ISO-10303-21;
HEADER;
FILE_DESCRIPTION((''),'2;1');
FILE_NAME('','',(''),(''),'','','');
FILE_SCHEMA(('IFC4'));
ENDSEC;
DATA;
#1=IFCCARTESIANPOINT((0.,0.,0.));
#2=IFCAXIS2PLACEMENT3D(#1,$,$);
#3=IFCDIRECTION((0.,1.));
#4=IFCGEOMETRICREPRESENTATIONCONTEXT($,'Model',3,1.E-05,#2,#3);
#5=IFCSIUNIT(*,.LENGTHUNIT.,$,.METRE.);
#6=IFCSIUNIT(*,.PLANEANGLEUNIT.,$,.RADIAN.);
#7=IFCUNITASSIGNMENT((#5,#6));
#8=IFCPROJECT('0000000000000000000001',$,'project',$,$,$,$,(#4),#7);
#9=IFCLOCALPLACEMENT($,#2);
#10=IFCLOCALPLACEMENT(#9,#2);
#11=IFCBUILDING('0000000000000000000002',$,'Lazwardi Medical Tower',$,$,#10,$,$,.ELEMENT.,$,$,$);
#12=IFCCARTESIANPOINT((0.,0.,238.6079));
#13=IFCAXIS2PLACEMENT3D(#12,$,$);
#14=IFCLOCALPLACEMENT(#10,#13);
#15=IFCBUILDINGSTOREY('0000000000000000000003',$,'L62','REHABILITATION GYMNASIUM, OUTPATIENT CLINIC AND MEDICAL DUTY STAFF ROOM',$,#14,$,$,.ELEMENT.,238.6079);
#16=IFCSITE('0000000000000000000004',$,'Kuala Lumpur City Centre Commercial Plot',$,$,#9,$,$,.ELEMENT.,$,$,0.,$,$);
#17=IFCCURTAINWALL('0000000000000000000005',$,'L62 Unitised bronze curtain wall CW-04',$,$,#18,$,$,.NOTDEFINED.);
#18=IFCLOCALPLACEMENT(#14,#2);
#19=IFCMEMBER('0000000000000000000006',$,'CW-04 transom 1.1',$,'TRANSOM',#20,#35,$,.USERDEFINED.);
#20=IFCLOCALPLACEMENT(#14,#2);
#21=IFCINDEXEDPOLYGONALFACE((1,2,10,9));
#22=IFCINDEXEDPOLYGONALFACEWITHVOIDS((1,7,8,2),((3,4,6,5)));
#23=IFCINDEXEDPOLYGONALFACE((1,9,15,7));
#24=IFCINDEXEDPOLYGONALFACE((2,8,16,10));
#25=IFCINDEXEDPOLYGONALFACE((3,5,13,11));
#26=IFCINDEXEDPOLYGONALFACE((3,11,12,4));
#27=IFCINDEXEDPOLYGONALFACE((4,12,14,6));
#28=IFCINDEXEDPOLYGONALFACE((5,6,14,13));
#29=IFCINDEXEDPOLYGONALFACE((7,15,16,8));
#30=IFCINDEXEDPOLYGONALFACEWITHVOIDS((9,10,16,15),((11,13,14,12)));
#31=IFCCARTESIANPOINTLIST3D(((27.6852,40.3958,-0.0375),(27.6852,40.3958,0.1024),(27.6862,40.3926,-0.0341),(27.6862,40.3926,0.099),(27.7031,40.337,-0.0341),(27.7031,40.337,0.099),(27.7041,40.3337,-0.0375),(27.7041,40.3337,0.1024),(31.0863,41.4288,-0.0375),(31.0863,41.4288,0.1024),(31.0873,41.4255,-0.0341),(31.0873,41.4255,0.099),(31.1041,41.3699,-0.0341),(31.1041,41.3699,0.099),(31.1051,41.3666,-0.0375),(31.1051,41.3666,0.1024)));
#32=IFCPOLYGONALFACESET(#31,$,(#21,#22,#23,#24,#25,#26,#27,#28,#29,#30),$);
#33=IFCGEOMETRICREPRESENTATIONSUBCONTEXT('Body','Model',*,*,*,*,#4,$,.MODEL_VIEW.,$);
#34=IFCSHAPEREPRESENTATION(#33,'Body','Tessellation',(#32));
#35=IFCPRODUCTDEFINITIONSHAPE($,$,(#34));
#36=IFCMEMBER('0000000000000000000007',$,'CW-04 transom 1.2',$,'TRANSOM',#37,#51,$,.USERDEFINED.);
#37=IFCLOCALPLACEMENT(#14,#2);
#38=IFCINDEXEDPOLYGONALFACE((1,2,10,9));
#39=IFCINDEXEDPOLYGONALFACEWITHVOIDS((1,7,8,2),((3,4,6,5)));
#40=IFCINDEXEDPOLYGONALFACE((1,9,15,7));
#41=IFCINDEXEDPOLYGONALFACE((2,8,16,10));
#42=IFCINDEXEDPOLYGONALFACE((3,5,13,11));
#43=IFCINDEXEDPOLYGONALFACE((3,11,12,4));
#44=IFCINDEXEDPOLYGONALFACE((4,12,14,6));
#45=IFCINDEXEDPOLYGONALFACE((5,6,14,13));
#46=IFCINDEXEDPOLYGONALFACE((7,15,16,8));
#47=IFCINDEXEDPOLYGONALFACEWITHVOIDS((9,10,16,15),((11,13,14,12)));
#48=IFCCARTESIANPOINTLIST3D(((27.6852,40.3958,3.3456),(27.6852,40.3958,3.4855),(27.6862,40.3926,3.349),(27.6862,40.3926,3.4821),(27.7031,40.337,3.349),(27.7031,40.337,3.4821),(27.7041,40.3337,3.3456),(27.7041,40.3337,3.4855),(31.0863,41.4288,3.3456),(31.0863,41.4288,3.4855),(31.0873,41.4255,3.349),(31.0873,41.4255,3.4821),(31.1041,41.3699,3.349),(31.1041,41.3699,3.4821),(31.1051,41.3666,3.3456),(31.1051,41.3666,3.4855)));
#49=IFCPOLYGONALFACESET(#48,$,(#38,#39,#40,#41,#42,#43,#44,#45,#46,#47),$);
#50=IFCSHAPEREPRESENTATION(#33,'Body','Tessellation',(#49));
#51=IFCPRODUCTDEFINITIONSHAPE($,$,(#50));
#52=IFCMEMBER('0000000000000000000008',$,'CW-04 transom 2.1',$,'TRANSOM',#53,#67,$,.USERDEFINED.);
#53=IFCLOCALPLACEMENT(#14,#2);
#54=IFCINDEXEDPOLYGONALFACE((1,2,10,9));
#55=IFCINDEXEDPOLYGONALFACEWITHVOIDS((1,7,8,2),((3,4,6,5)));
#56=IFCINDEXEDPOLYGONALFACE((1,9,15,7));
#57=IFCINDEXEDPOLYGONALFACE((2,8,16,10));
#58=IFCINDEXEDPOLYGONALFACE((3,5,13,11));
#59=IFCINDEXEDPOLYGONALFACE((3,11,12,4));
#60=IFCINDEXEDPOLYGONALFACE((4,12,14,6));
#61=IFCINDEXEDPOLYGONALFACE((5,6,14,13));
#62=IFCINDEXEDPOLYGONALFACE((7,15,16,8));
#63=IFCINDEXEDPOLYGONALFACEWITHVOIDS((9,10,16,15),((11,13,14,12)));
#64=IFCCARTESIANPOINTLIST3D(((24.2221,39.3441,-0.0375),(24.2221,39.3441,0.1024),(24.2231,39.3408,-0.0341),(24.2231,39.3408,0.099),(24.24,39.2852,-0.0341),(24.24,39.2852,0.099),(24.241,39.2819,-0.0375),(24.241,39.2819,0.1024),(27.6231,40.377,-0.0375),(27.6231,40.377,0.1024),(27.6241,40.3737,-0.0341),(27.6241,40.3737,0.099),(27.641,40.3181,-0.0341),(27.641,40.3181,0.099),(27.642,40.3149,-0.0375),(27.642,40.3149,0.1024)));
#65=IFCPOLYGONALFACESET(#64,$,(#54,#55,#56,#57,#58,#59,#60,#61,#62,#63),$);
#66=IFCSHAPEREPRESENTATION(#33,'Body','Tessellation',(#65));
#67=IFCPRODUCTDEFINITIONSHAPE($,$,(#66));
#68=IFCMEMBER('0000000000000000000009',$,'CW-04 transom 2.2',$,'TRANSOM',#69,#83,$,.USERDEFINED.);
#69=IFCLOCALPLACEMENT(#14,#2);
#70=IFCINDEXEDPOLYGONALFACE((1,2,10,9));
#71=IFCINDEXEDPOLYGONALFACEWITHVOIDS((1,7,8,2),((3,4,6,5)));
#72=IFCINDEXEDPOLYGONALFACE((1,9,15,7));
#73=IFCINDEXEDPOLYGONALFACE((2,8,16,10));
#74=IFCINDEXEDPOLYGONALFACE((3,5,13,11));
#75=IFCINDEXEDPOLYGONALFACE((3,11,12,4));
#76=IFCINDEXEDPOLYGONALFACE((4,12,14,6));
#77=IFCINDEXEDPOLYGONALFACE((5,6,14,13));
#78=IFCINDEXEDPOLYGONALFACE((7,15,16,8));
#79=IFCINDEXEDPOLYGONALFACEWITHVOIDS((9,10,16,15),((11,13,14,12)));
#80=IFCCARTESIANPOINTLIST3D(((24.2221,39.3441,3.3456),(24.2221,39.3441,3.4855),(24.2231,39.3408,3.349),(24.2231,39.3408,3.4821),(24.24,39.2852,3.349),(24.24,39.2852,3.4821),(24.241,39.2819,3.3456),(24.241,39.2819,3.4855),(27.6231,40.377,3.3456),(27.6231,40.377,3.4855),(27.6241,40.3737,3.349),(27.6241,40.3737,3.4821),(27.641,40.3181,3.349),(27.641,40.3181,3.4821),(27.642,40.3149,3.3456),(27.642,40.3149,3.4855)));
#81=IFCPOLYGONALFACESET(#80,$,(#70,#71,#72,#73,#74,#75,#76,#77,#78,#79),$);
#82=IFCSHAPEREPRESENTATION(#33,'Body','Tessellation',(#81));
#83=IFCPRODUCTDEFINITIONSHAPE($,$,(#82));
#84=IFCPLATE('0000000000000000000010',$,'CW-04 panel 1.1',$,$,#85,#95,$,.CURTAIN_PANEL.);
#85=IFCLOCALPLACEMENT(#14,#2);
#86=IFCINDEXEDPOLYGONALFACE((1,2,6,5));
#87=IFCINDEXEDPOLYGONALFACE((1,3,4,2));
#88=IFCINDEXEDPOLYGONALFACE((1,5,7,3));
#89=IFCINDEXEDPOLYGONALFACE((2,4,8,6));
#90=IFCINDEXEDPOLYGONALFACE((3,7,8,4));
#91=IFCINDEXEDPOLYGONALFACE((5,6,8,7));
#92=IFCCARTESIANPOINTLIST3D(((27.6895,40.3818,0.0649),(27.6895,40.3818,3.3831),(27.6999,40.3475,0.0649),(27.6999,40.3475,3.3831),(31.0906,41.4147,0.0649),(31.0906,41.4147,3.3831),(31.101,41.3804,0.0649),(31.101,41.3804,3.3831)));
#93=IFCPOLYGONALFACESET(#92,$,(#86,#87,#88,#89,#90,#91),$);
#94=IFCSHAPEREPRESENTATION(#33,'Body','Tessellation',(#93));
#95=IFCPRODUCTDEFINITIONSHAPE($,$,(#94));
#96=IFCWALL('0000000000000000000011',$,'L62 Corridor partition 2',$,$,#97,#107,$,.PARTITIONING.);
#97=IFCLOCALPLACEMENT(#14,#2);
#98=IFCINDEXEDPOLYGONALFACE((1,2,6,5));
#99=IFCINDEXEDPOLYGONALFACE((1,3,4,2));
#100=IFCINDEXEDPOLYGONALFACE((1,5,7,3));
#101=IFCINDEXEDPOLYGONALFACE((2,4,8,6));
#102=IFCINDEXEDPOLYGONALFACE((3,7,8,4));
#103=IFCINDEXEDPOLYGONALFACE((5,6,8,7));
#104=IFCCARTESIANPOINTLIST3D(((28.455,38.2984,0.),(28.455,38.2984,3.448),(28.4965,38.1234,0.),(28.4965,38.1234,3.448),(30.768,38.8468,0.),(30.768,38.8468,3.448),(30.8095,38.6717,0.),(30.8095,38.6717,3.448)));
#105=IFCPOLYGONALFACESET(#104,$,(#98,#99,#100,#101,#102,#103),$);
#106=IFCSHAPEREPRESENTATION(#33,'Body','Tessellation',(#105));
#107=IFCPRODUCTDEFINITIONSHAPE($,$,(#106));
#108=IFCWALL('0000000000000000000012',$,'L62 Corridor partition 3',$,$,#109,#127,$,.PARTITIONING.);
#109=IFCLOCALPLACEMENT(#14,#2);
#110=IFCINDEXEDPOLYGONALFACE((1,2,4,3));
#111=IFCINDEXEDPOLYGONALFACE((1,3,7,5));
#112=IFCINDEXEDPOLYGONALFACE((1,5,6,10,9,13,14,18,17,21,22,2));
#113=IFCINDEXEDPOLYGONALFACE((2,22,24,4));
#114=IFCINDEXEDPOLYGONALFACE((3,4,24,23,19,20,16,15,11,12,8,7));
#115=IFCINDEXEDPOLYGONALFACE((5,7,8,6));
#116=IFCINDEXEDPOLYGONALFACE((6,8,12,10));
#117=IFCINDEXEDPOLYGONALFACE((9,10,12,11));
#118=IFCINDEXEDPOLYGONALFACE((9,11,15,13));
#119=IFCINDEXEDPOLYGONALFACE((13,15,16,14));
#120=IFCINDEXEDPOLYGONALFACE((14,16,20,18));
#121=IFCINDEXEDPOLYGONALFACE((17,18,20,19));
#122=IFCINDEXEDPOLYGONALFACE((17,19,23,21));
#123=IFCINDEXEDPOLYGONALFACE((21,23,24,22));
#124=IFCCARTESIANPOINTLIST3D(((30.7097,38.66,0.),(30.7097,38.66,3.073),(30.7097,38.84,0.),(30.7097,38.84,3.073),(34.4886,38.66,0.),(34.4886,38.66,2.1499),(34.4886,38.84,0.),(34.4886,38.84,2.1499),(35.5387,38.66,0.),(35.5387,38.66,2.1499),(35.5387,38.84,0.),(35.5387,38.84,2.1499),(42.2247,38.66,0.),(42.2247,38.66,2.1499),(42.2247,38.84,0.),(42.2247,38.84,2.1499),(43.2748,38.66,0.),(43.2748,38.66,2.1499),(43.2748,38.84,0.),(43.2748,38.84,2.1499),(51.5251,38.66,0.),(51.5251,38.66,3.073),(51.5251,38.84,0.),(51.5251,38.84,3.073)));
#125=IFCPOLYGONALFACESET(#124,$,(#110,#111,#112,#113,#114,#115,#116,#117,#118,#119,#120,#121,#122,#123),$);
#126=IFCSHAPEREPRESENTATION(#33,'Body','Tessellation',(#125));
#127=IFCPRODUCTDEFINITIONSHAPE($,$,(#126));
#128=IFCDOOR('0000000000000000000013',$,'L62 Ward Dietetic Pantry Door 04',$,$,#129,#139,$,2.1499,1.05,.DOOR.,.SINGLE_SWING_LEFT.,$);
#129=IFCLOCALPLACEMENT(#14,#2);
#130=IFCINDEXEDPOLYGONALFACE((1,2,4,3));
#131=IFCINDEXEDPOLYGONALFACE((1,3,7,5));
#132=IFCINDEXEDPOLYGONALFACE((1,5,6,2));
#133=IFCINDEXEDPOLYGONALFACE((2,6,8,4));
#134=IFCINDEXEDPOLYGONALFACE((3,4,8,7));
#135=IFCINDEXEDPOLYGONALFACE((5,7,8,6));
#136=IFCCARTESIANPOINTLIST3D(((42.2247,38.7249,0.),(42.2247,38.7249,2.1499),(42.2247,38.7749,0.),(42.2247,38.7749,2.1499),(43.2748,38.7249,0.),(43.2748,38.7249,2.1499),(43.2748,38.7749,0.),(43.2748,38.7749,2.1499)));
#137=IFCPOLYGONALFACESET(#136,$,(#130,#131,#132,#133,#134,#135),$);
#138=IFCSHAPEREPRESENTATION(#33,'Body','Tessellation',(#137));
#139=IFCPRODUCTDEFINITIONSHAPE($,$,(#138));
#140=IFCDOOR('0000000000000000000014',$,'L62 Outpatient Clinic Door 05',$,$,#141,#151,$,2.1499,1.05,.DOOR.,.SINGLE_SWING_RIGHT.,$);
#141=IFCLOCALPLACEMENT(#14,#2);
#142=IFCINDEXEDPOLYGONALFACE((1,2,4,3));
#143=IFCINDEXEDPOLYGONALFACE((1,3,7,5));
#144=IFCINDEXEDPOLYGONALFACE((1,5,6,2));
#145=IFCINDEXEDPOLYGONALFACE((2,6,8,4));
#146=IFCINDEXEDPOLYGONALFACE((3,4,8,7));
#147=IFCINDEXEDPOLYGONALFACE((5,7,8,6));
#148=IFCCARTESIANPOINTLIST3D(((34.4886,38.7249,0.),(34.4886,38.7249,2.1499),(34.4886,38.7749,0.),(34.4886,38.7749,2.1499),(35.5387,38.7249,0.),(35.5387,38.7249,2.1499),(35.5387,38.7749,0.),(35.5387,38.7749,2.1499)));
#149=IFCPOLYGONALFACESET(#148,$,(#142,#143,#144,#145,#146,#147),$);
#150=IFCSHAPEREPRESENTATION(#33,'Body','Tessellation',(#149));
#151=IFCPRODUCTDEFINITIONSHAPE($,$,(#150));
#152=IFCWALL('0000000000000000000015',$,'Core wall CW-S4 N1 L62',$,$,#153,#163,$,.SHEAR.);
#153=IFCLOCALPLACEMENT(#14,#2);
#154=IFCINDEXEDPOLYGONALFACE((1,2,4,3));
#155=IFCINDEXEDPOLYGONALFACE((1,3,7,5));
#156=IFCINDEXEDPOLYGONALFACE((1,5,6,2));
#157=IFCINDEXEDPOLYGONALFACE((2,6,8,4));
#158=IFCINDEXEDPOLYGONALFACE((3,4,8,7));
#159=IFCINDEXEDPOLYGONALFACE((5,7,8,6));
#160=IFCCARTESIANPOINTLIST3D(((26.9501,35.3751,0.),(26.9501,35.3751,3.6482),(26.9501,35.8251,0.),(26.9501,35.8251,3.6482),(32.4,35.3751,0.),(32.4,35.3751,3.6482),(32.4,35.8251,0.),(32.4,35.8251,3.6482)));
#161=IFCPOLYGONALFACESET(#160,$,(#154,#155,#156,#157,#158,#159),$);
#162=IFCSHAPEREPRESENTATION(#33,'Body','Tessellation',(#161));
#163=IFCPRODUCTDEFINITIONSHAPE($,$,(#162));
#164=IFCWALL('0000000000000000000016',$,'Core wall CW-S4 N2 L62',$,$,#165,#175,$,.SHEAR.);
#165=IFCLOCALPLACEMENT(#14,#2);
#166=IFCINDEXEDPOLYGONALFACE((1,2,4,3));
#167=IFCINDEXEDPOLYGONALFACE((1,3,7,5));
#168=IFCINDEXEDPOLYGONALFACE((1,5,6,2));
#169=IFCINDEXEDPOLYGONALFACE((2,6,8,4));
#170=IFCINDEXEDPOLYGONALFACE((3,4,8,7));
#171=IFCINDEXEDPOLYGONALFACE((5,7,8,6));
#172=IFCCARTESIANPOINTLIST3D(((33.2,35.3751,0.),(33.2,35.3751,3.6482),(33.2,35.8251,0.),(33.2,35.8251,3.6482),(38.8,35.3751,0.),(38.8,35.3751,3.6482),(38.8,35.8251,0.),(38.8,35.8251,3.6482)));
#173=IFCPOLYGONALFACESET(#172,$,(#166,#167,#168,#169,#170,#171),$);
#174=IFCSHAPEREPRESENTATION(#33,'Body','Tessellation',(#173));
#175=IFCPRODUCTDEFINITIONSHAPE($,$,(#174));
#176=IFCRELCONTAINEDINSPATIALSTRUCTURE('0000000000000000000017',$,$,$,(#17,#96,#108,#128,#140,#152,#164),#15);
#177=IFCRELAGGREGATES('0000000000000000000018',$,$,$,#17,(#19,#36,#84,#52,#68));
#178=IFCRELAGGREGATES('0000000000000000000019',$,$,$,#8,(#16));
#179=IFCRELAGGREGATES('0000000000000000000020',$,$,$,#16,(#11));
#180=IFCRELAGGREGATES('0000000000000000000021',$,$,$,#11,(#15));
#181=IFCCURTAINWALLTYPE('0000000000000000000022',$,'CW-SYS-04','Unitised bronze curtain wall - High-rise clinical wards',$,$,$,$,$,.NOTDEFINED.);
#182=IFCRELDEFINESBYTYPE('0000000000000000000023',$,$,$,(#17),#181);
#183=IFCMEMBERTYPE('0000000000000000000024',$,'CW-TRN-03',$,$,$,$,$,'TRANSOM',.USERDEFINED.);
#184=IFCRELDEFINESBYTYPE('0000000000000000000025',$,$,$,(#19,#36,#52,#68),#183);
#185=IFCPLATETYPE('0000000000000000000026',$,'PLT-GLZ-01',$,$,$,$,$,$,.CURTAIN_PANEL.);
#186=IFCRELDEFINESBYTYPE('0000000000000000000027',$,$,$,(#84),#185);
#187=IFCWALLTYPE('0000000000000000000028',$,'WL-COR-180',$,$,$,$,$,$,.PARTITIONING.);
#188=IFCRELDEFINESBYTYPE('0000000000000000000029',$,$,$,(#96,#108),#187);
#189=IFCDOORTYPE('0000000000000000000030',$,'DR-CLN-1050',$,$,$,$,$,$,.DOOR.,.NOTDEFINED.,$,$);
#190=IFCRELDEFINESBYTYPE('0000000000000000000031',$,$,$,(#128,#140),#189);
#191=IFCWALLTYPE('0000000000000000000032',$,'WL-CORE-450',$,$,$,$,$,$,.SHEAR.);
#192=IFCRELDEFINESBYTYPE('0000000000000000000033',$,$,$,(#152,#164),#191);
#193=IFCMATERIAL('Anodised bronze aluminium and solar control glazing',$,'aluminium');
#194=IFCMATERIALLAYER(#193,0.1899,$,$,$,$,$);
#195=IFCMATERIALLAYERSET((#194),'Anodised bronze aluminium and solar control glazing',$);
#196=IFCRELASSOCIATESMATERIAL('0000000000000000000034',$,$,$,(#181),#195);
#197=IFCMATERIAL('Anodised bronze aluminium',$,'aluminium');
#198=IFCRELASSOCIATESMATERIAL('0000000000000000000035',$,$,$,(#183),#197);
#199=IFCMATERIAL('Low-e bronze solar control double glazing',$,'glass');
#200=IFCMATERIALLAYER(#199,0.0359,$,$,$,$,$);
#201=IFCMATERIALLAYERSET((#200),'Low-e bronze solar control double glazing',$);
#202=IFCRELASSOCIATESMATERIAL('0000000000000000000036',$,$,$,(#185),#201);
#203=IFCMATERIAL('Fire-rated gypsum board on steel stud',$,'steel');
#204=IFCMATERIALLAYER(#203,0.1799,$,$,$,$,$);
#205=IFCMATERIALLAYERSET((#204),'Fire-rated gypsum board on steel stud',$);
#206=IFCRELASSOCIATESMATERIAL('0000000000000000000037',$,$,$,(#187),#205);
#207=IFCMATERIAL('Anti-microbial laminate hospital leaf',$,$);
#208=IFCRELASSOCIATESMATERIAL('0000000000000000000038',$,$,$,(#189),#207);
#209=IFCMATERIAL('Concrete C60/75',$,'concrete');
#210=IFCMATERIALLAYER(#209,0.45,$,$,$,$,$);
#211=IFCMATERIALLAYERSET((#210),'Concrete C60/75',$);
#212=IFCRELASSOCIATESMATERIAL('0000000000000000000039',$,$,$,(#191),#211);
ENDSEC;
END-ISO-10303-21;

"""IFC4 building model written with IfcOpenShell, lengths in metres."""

from ifc_helpers import new_model, si_unit, direction, frame, frame_2d, origin, origin_2d, place, context, subcontext, project, spatial, rectangle, hollow_rectangle, extrude, material, layer, layer_set, material_profile, profile_set, type_object, element, fill, aggregate, save


model = new_model("IFC4")

# Units and contexts
model_context = context("Model", 3, precision=1e-05, world=origin(), true_north=direction((0.0, 1.0)))
body_context = subcontext(model_context, "Body", "Model", "MODEL_VIEW")
ifc_project = project(units=[si_unit("LENGTHUNIT", "METRE"), si_unit("PLANEANGLEUNIT", "RADIAN")], contexts=[model_context])

# Site, building, storey
site_placement = place(None, origin())
site = spatial("IfcSite", under=ifc_project, at=site_placement, Name="Kuala Lumpur City Centre Commercial Plot", CompositionType="ELEMENT", RefElevation=0.0)
building_placement = place(site_placement, origin())
building = spatial("IfcBuilding", under=site, at=building_placement, Name="Lazwardi Medical Tower", CompositionType="ELEMENT")
storey_placement = place(building_placement, frame((0.0, 0.0, 238.6079)))
storey = spatial("IfcBuildingStorey", under=building, at=storey_placement, Name="L62", Description="REHABILITATION GYMNASIUM, OUTPATIENT CLINIC AND MEDICAL DUTY STAFF ROOM", CompositionType="ELEMENT", Elevation=238.6079)

# Shared definitions
ifc_material_1 = material(Name="Concrete C60/75", Category="concrete")

# Curtain wall, members, plate
ifc_material_2 = material(Name="Anodised bronze aluminium and solar control glazing", Category="aluminium")
ifc_layer_1 = layer(ifc_material_2, 0.1899)
ifc_layer_set_1 = layer_set([ifc_layer_1], Name="Anodised bronze aluminium and solar control glazing")
curtain_wall_type = type_object("IfcCurtainWallType", Name="CW-SYS-04", Description="Unitised bronze curtain wall - High-rise clinical wards", PredefinedType="NOTDEFINED", material=ifc_layer_set_1)
curtain_wall_placement = place(storey_placement, origin())
curtain_wall = element("IfcCurtainWall", 1, at=curtain_wall_placement, inside=storey, type_object=curtain_wall_type, Name="L62 Unitised bronze curtain wall CW-04", PredefinedType="NOTDEFINED")
ifc_material_3 = material(Name="Anodised bronze aluminium", Category="aluminium")
ifc_material_profile_1 = material_profile(ifc_material_3, hollow_rectangle(XDim=0.0649, YDim=0.1399, WallThickness=0.0034, at=origin_2d()), Name="ALU-TRANSOM 140x65x3.5")
ifc_profile_set_1 = profile_set([ifc_material_profile_1], Name="Anodised bronze aluminium")
member_type_1 = type_object("IfcMemberType", Name="CW-TRN-03", ElementType="TRANSOM", PredefinedType="USERDEFINED", material=ifc_profile_set_1)
member_1_placement = place(storey_placement, frame((31.0957, 41.3977, 0.0325), z_axis=(-0.956843, -0.290604, 0.0), x_axis=(0.290604, -0.956843, 0.0)))
member_1 = element("IfcMember", 2, at=member_1_placement, type_object=member_type_1, Name="CW-04 transom 1.1", ObjectType="TRANSOM", PredefinedType="USERDEFINED", context=body_context, shape_type="SweptSolid", body=[
    extrude(hollow_rectangle(XDim=0.0649, YDim=0.1399, WallThickness=0.0034, at=origin_2d()), origin(), (0.0, 0.0, 1.0), 3.5544),
])
member_2_placement = place(storey_placement, frame((31.0957, 41.3977, 3.4155), z_axis=(-0.956843, -0.290604, 0.0), x_axis=(0.290604, -0.956843, 0.0)))
member_2 = element("IfcMember", 3, at=member_2_placement, type_object=member_type_1, Name="CW-04 transom 1.2", ObjectType="TRANSOM", PredefinedType="USERDEFINED", context=body_context, shape_type="SweptSolid", body=[
    extrude(hollow_rectangle(XDim=0.0649, YDim=0.1399, WallThickness=0.0034, at=origin_2d()), origin(), (0.0, 0.0, 1.0), 3.5544),
])
member_3_placement = place(storey_placement, frame((27.6326, 40.3459, 0.0325), z_axis=(-0.956843, -0.290604, 0.0), x_axis=(0.290604, -0.956843, 0.0)))
member_3 = element("IfcMember", 4, at=member_3_placement, type_object=member_type_1, Name="CW-04 transom 2.1", ObjectType="TRANSOM", PredefinedType="USERDEFINED", context=body_context, shape_type="SweptSolid", body=[
    extrude(hollow_rectangle(XDim=0.0649, YDim=0.1399, WallThickness=0.0034, at=origin_2d()), origin(), (0.0, 0.0, 1.0), 3.5544),
])
member_4_placement = place(storey_placement, frame((27.6326, 40.3459, 3.4155), z_axis=(-0.956843, -0.290604, 0.0), x_axis=(0.290604, -0.956843, 0.0)))
member_4 = element("IfcMember", 5, at=member_4_placement, type_object=member_type_1, Name="CW-04 transom 2.2", ObjectType="TRANSOM", PredefinedType="USERDEFINED", context=body_context, shape_type="SweptSolid", body=[
    extrude(hollow_rectangle(XDim=0.0649, YDim=0.1399, WallThickness=0.0034, at=origin_2d()), origin(), (0.0, 0.0, 1.0), 3.5544),
])
ifc_material_4 = material(Name="Low-e bronze solar control double glazing", Category="glass")
ifc_layer_2 = layer(ifc_material_4, 0.0359)
ifc_layer_set_2 = layer_set([ifc_layer_2], Name="Low-e bronze solar control double glazing")
plate_type = type_object("IfcPlateType", Name="PLT-GLZ-01", PredefinedType="CURTAIN_PANEL", material=ifc_layer_set_2)
plate_placement = place(storey_placement, frame((29.3953, 40.8811, 0.0649), z_axis=(0.0, 0.0, 1.0), x_axis=(-0.95685, -0.290582, 0.0)))
plate = element("IfcPlate", 6, at=plate_placement, type_object=plate_type, Name="CW-04 panel 1.1", PredefinedType="CURTAIN_PANEL", context=body_context, shape_type="SweptSolid", body=[
    extrude(rectangle(XDim=3.5544, YDim=0.0359, at=origin_2d()), origin(), (0.0, 0.0, 1.0), 3.3181),
])
aggregate(curtain_wall, [member_1, member_2, plate, member_3, member_4])

# Wall
ifc_material_5 = material(Name="Fire-rated gypsum board on steel stud", Category="steel")
ifc_layer_3 = layer(ifc_material_5, 0.1799)
ifc_layer_set_3 = layer_set([ifc_layer_3], Name="Fire-rated gypsum board on steel stud")
wall_type_1 = type_object("IfcWallType", Name="WL-COR-180", PredefinedType="PARTITIONING", material=ifc_layer_set_3)
wall_1_placement = place(storey_placement, frame((28.4758, 38.2109, 0.0), z_axis=(0.0, 0.0, 1.0), x_axis=(0.973031, 0.230676, 0.0)))
element("IfcWall", 7, at=wall_1_placement, inside=storey, type_object=wall_type_1, Name="L62 Corridor partition 2", PredefinedType="PARTITIONING", context=body_context, shape_type="SweptSolid", body=[
    extrude(rectangle(XDim=2.3772, YDim=0.1799, at=frame_2d((1.1885, 0.0))), origin(), (0.0, 0.0, 1.0), 3.448),
])

# Wall, openings, doors
wall_2_placement = place(storey_placement, frame((30.7097, 38.75, 0.0), z_axis=(0.0, 0.0, 1.0), x_axis=(1.0, 0.0, 0.0)))
wall_2 = element("IfcWall", 8, at=wall_2_placement, inside=storey, type_object=wall_type_1, Name="L62 Corridor partition 3", PredefinedType="PARTITIONING", context=body_context, shape_type="SweptSolid", body=[
    extrude(rectangle(XDim=20.8154, YDim=0.1799, at=frame_2d((10.4077, 0.0))), origin(), (0.0, 0.0, 1.0), 3.073),
])
opening_1_placement = place(wall_2_placement, frame((11.5151, 0.0, 0.0)))
opening_1 = element("IfcOpeningElement", 9, at=opening_1_placement, cuts=wall_2, PredefinedType="OPENING", context=body_context, shape_type="SweptSolid", body=[
    extrude(rectangle(XDim=1.05, YDim=2.1499, at=frame_2d((0.5249, 1.075))), frame((0.0, 0.0999, 0.0), z_axis=(0.0, -1.0, 0.0), x_axis=(1.0, 0.0, 0.0)), (0.0, 0.0, 1.0), 0.2),
])
opening_2_placement = place(wall_2_placement, frame((3.7791, 0.0, 0.0)))
opening_2 = element("IfcOpeningElement", 10, at=opening_2_placement, cuts=wall_2, PredefinedType="OPENING", context=body_context, shape_type="SweptSolid", body=[
    extrude(rectangle(XDim=1.05, YDim=2.1499, at=frame_2d((0.5249, 1.075))), frame((0.0, 0.0999, 0.0), z_axis=(0.0, -1.0, 0.0), x_axis=(1.0, 0.0, 0.0)), (0.0, 0.0, 1.0), 0.2),
])
ifc_material_6 = material(Name="Anti-microbial laminate hospital leaf")
door_type = type_object("IfcDoorType", Name="DR-CLN-1050", OperationType="NOTDEFINED", PredefinedType="DOOR", material=ifc_material_6)
door_1_placement = place(opening_1_placement, origin())
door_1 = element("IfcDoor", 11, at=door_1_placement, inside=storey, type_object=door_type, Name="L62 Ward Dietetic Pantry Door 04", OperationType="SINGLE_SWING_LEFT", OverallHeight=2.1499, OverallWidth=1.05, PredefinedType="DOOR", context=body_context, shape_type="SweptSolid", body=[
    extrude(rectangle(XDim=1.05, YDim=2.1499, at=frame_2d((0.5249, 1.075))), frame((0.0, 0.0249, 0.0), z_axis=(0.0, -1.0, 0.0), x_axis=(1.0, 0.0, 0.0)), (0.0, 0.0, 1.0), 0.05),
])
fill(opening_1, door_1)
door_2_placement = place(opening_2_placement, origin())
door_2 = element("IfcDoor", 12, at=door_2_placement, inside=storey, type_object=door_type, Name="L62 Outpatient Clinic Door 05", OperationType="SINGLE_SWING_RIGHT", OverallHeight=2.1499, OverallWidth=1.05, PredefinedType="DOOR", context=body_context, shape_type="SweptSolid", body=[
    extrude(rectangle(XDim=1.05, YDim=2.1499, at=frame_2d((0.5249, 1.075))), frame((0.0, 0.0249, 0.0), z_axis=(0.0, -1.0, 0.0), x_axis=(1.0, 0.0, 0.0)), (0.0, 0.0, 1.0), 0.05),
])
fill(opening_2, door_2)

# Walls
ifc_layer_4 = layer(ifc_material_1, 0.45)
ifc_layer_set_4 = layer_set([ifc_layer_4], Name="Concrete C60/75")
wall_type_2 = type_object("IfcWallType", Name="WL-CORE-450", PredefinedType="SHEAR", material=ifc_layer_set_4)
wall_3_placement = place(storey_placement, frame((26.95, 35.6001, 0.0), z_axis=(0.0, 0.0, 1.0), x_axis=(1.0, 0.0, 0.0)))
element("IfcWall", 13, at=wall_3_placement, inside=storey, type_object=wall_type_2, Name="Core wall CW-S4 N1 L62", PredefinedType="SHEAR", context=body_context, shape_type="SweptSolid", body=[
    extrude(rectangle(XDim=5.45, YDim=0.45, at=frame_2d((2.7251, 0.0))), origin(), (0.0, 0.0, 1.0), 3.6482),
])
wall_4_placement = place(storey_placement, frame((33.2, 35.6001, 0.0), z_axis=(0.0, 0.0, 1.0), x_axis=(1.0, 0.0, 0.0)))
element("IfcWall", 14, at=wall_4_placement, inside=storey, type_object=wall_type_2, Name="Core wall CW-S4 N2 L62", PredefinedType="SHEAR", context=body_context, shape_type="SweptSolid", body=[
    extrude(rectangle(XDim=5.6001, YDim=0.45, at=frame_2d((2.8, 0.0))), origin(), (0.0, 0.0, 1.0), 3.6482),
])

save(model, "model.ifc")
